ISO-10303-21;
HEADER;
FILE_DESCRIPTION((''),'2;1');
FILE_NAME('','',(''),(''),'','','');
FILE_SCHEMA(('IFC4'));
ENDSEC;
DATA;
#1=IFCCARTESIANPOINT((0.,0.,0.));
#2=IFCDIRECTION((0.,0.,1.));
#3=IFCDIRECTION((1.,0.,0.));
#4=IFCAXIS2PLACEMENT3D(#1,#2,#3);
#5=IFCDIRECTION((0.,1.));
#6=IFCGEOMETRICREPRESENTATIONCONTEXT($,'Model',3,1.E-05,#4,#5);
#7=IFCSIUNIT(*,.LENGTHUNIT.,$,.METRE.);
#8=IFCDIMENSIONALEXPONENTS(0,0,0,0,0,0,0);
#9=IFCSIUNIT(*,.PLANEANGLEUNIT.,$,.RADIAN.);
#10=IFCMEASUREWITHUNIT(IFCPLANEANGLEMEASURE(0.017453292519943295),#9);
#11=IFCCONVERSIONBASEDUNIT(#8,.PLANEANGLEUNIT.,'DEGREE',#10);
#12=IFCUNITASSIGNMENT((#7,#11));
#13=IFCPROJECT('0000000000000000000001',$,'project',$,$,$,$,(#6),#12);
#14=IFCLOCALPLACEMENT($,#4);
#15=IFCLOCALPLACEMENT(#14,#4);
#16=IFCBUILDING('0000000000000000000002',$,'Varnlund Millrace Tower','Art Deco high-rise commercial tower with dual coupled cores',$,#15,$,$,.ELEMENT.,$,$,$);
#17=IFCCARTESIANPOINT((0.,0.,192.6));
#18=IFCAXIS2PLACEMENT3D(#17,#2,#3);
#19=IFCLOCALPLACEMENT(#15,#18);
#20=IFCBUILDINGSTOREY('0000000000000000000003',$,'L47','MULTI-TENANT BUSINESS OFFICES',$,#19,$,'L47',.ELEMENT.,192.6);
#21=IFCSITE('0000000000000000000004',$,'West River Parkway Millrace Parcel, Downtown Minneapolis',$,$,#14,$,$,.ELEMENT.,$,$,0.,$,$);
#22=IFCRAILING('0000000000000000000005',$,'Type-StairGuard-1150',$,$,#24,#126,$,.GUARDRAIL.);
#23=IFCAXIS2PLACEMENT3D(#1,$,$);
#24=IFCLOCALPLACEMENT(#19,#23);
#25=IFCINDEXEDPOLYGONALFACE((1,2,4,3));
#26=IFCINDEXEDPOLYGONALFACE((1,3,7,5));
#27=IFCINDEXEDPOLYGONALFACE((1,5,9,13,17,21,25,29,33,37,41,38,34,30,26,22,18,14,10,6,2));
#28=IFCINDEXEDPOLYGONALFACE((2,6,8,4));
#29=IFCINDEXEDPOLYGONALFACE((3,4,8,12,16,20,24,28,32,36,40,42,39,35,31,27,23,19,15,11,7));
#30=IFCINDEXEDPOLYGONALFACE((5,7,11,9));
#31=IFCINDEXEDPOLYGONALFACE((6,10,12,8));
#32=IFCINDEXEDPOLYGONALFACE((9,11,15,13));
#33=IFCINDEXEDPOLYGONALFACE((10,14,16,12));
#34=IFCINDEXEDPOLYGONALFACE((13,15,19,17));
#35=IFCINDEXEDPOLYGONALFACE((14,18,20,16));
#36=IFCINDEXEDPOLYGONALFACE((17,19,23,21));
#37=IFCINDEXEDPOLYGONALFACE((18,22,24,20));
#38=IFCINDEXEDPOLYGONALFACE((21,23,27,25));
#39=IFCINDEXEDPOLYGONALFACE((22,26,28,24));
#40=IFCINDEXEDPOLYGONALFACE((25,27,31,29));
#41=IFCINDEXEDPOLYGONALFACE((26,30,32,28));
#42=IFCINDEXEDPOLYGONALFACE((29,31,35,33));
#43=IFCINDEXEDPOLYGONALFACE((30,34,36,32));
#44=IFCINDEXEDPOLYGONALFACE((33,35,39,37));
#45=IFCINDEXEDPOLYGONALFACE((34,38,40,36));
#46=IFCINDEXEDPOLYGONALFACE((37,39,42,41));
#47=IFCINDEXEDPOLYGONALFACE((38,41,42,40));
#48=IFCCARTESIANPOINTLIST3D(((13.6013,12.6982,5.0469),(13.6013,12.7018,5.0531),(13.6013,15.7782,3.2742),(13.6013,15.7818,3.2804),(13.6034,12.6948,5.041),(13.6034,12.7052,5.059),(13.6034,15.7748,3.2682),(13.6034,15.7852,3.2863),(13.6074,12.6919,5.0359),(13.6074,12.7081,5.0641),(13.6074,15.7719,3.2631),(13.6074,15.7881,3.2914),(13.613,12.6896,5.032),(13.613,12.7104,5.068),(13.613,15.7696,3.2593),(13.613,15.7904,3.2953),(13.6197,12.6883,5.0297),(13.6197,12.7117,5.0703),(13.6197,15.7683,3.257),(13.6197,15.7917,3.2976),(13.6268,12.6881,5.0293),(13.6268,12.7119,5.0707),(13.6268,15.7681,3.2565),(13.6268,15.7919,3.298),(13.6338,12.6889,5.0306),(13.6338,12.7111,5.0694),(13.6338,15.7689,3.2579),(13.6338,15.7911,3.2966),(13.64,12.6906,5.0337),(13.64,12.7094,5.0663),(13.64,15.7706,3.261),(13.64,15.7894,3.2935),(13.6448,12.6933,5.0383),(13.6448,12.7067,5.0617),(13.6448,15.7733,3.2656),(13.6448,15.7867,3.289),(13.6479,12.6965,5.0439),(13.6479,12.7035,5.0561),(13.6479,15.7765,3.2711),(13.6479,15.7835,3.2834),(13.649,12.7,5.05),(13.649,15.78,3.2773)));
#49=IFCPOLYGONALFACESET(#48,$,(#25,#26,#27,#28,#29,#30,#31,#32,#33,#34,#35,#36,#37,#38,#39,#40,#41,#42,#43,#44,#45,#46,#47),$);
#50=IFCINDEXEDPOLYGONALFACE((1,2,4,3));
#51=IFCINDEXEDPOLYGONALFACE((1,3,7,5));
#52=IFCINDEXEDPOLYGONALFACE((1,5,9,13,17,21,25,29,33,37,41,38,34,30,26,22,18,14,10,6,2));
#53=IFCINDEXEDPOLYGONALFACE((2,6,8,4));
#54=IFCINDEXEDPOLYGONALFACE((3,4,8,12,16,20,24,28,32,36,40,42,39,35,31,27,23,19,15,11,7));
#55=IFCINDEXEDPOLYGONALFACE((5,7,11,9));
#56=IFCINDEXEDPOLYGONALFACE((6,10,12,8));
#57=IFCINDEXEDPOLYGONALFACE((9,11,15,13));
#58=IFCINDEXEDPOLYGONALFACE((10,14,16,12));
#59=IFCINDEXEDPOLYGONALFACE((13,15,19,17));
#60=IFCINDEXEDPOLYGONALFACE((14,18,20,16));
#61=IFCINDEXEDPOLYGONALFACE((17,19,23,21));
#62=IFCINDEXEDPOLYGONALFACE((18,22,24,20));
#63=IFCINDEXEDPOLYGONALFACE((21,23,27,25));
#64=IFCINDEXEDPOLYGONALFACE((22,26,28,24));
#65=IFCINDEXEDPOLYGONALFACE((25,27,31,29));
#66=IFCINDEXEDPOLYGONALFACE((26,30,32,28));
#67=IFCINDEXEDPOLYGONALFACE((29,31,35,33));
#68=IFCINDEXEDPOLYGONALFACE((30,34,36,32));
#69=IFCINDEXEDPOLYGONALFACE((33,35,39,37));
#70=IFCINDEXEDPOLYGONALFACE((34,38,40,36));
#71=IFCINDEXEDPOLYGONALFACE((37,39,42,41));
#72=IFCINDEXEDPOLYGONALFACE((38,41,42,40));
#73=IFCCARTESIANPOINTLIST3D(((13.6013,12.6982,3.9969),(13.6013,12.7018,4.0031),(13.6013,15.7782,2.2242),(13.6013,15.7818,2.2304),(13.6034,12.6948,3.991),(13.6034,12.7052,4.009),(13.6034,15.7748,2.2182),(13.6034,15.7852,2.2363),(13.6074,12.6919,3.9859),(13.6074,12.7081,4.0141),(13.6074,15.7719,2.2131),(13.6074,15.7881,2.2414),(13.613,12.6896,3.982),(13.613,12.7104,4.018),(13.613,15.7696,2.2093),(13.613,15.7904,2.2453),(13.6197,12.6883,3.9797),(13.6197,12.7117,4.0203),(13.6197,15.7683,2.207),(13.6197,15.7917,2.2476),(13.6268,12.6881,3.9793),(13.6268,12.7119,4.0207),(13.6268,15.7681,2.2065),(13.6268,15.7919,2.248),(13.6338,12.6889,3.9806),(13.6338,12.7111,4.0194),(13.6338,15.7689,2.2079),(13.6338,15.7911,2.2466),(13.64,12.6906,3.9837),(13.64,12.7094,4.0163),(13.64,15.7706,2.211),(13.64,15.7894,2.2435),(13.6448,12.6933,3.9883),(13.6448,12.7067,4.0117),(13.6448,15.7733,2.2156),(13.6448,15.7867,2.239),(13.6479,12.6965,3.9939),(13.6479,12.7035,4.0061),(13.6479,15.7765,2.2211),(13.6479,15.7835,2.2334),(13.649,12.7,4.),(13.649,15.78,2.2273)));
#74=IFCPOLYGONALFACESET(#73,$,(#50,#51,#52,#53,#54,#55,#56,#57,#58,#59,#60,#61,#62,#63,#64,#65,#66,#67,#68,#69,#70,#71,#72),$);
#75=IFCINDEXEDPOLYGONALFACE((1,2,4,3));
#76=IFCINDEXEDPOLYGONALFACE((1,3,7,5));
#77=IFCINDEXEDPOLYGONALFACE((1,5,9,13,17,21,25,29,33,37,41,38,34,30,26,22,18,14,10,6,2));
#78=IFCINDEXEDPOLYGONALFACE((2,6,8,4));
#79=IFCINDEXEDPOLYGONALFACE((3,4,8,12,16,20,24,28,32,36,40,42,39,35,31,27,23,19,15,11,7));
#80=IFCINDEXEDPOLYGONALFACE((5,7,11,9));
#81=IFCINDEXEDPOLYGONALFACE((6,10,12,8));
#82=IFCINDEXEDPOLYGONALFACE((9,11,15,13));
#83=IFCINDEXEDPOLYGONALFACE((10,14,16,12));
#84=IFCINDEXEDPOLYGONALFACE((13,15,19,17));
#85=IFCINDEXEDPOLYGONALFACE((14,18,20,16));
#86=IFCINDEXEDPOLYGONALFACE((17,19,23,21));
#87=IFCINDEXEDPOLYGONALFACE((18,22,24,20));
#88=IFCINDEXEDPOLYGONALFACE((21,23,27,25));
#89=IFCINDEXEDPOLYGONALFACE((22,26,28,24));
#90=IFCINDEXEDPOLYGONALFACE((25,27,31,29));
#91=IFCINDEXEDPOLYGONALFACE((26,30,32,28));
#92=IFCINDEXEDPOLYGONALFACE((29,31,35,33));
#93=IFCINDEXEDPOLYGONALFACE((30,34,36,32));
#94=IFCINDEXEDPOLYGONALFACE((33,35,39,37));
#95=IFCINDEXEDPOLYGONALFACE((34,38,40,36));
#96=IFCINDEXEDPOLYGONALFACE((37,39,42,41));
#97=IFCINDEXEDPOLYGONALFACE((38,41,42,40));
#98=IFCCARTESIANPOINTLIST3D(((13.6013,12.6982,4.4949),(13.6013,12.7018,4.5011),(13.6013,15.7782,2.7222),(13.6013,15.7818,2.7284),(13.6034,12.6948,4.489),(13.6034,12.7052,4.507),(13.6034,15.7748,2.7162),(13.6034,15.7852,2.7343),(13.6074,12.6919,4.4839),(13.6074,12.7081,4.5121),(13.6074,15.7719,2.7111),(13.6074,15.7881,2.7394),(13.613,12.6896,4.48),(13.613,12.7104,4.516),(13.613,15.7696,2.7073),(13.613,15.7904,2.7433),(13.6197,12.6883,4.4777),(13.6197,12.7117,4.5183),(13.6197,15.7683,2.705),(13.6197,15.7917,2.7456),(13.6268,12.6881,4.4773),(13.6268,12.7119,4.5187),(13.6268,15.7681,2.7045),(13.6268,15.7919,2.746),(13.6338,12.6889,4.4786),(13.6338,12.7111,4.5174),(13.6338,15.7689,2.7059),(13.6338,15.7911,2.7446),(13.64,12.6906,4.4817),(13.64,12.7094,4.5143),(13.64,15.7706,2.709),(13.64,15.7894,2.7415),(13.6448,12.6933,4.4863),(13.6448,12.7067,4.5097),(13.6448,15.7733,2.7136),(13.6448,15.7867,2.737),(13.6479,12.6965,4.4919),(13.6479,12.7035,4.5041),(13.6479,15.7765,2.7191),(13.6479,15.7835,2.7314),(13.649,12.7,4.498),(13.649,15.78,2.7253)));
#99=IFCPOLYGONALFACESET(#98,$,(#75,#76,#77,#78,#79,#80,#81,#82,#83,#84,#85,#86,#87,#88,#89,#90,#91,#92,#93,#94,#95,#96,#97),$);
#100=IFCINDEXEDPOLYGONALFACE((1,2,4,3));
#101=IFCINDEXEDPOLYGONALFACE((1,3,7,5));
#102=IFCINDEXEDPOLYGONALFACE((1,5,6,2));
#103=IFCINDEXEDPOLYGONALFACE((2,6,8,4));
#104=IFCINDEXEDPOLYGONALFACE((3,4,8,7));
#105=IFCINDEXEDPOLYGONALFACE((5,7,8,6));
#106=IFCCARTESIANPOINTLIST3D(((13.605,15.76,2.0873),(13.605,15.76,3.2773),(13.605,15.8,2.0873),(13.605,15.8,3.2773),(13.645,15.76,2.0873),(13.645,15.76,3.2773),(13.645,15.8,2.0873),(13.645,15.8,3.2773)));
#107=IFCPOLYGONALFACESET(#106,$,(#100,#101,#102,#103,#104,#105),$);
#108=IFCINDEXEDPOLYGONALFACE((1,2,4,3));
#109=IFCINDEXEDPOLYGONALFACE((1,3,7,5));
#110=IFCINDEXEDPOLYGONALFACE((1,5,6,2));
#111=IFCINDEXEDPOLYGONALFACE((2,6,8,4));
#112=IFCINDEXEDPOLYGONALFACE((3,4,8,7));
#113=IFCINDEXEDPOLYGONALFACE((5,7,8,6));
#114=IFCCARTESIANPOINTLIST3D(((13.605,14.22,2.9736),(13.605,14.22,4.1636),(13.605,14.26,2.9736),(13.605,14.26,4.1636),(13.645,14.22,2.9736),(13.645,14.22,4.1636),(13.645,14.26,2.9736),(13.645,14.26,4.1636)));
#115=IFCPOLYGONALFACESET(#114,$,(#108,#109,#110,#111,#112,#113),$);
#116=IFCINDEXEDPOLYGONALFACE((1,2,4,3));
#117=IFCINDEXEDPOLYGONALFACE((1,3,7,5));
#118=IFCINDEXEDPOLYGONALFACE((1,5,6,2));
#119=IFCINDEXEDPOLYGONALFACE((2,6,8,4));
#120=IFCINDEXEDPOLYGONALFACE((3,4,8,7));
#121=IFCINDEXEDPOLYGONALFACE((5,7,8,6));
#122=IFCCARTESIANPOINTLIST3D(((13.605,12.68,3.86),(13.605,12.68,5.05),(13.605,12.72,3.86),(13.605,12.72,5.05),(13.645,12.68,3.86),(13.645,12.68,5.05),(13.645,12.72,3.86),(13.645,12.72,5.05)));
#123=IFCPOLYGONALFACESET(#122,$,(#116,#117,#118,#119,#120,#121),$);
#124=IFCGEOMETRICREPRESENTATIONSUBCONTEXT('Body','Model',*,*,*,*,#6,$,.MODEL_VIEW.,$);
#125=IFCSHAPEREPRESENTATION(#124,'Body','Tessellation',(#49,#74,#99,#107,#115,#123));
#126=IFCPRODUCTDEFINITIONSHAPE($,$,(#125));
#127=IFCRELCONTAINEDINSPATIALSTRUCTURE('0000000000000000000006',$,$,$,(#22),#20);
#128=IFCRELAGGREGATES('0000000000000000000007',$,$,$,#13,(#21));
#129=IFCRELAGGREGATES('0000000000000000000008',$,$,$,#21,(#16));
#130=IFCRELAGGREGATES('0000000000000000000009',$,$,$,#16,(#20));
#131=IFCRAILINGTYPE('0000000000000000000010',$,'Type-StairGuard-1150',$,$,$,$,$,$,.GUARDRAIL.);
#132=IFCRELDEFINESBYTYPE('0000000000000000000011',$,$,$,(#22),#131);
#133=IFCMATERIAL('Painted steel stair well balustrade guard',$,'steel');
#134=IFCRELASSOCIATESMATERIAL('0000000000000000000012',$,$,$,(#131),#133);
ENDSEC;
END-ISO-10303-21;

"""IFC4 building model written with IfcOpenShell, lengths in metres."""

from ifc_helpers import new_model, entity, si_unit, converted_unit, direction, frame, origin_with_axes, origin_2d_with_axis, place, context, subcontext, project, spatial, rectangle, circle, extrude, material, type_object, element, save


model = new_model("IFC4")

# Units and contexts
model_context = context("Model", 3, precision=1e-05, world=origin_with_axes(), true_north=direction((0.0, 1.0)))
body_context = subcontext(model_context, "Body", "Model", "MODEL_VIEW")
ifc_project = project(units=[si_unit("LENGTHUNIT", "METRE"), converted_unit("PLANEANGLEUNIT", "DEGREE", entity("IfcPlaneAngleMeasure", 0.017453292519943295), si_unit("PLANEANGLEUNIT", "RADIAN"), dimensions=[0, 0, 0, 0, 0, 0, 0])], contexts=[model_context])

# Site, building, storey
site_placement = place(None, origin_with_axes())
site = spatial("IfcSite", under=ifc_project, at=site_placement, Name="West River Parkway Millrace Parcel, Downtown Minneapolis", CompositionType="ELEMENT", RefElevation=0.0)
building_placement = place(site_placement, origin_with_axes())
building = spatial("IfcBuilding", under=site, at=building_placement, Name="Varnlund Millrace Tower", Description="Art Deco high-rise commercial tower with dual coupled cores", CompositionType="ELEMENT")
storey_placement = place(building_placement, frame((0.0, 0.0, 192.6), z_axis=(0.0, 0.0, 1.0), x_axis=(1.0, 0.0, 0.0)))
storey = spatial("IfcBuildingStorey", under=building, at=storey_placement, Name="L47", Description="MULTI-TENANT BUSINESS OFFICES", LongName="L47", CompositionType="ELEMENT", Elevation=192.6)

# Railing
ifc_material_1 = material(Name="Painted steel stair well balustrade guard", Category="steel")
railing_type_1 = type_object("IfcRailingType", Name="Type-StairGuard-1150", PredefinedType="GUARDRAIL", material=ifc_material_1)
railing_1_placement = place(storey_placement, frame((0.0, 0.0, -192.6), z_axis=(0.0, 0.0, 1.0), x_axis=(1.0, 0.0, 0.0)))
element("IfcRailing", 1, at=railing_1_placement, inside=storey, type_object=railing_type_1, Name="Type-StairGuard-1150", PredefinedType="GUARDRAIL", context=body_context, shape_type="SweptSolid", body=[
    extrude(circle(Radius=0.024, at=origin_2d_with_axis()), frame((13.625, 15.78, 195.8773), z_axis=(0.0, -0.866696, 0.498836), x_axis=(1.0, 0.0, 0.0)), (0.0, 0.0, 1.0), 3.5537),
    extrude(circle(Radius=0.024, at=origin_2d_with_axis()), frame((13.625, 15.78, 194.8273), z_axis=(0.0, -0.866696, 0.498836), x_axis=(1.0, 0.0, 0.0)), (0.0, 0.0, 1.0), 3.5537),
    extrude(circle(Radius=0.024, at=origin_2d_with_axis()), frame((13.625, 15.78, 195.3253), z_axis=(0.0, -0.866696, 0.498836), x_axis=(1.0, 0.0, 0.0)), (0.0, 0.0, 1.0), 3.5537),
    extrude(rectangle(XDim=0.04, YDim=0.04, at=origin_2d_with_axis()), frame((13.625, 15.78, 194.6873), z_axis=(0.0, 0.0, 1.0), x_axis=(1.0, 0.0, 0.0)), (0.0, 0.0, 1.0), 1.19),
    extrude(rectangle(XDim=0.04, YDim=0.04, at=origin_2d_with_axis()), frame((13.625, 14.24, 195.5736), z_axis=(0.0, 0.0, 1.0), x_axis=(1.0, 0.0, 0.0)), (0.0, 0.0, 1.0), 1.19),
    extrude(rectangle(XDim=0.04, YDim=0.04, at=origin_2d_with_axis()), frame((13.625, 12.7, 196.46), z_axis=(0.0, 0.0, 1.0), x_axis=(1.0, 0.0, 0.0)), (0.0, 0.0, 1.0), 1.19),
])

save(model, "model.ifc")
